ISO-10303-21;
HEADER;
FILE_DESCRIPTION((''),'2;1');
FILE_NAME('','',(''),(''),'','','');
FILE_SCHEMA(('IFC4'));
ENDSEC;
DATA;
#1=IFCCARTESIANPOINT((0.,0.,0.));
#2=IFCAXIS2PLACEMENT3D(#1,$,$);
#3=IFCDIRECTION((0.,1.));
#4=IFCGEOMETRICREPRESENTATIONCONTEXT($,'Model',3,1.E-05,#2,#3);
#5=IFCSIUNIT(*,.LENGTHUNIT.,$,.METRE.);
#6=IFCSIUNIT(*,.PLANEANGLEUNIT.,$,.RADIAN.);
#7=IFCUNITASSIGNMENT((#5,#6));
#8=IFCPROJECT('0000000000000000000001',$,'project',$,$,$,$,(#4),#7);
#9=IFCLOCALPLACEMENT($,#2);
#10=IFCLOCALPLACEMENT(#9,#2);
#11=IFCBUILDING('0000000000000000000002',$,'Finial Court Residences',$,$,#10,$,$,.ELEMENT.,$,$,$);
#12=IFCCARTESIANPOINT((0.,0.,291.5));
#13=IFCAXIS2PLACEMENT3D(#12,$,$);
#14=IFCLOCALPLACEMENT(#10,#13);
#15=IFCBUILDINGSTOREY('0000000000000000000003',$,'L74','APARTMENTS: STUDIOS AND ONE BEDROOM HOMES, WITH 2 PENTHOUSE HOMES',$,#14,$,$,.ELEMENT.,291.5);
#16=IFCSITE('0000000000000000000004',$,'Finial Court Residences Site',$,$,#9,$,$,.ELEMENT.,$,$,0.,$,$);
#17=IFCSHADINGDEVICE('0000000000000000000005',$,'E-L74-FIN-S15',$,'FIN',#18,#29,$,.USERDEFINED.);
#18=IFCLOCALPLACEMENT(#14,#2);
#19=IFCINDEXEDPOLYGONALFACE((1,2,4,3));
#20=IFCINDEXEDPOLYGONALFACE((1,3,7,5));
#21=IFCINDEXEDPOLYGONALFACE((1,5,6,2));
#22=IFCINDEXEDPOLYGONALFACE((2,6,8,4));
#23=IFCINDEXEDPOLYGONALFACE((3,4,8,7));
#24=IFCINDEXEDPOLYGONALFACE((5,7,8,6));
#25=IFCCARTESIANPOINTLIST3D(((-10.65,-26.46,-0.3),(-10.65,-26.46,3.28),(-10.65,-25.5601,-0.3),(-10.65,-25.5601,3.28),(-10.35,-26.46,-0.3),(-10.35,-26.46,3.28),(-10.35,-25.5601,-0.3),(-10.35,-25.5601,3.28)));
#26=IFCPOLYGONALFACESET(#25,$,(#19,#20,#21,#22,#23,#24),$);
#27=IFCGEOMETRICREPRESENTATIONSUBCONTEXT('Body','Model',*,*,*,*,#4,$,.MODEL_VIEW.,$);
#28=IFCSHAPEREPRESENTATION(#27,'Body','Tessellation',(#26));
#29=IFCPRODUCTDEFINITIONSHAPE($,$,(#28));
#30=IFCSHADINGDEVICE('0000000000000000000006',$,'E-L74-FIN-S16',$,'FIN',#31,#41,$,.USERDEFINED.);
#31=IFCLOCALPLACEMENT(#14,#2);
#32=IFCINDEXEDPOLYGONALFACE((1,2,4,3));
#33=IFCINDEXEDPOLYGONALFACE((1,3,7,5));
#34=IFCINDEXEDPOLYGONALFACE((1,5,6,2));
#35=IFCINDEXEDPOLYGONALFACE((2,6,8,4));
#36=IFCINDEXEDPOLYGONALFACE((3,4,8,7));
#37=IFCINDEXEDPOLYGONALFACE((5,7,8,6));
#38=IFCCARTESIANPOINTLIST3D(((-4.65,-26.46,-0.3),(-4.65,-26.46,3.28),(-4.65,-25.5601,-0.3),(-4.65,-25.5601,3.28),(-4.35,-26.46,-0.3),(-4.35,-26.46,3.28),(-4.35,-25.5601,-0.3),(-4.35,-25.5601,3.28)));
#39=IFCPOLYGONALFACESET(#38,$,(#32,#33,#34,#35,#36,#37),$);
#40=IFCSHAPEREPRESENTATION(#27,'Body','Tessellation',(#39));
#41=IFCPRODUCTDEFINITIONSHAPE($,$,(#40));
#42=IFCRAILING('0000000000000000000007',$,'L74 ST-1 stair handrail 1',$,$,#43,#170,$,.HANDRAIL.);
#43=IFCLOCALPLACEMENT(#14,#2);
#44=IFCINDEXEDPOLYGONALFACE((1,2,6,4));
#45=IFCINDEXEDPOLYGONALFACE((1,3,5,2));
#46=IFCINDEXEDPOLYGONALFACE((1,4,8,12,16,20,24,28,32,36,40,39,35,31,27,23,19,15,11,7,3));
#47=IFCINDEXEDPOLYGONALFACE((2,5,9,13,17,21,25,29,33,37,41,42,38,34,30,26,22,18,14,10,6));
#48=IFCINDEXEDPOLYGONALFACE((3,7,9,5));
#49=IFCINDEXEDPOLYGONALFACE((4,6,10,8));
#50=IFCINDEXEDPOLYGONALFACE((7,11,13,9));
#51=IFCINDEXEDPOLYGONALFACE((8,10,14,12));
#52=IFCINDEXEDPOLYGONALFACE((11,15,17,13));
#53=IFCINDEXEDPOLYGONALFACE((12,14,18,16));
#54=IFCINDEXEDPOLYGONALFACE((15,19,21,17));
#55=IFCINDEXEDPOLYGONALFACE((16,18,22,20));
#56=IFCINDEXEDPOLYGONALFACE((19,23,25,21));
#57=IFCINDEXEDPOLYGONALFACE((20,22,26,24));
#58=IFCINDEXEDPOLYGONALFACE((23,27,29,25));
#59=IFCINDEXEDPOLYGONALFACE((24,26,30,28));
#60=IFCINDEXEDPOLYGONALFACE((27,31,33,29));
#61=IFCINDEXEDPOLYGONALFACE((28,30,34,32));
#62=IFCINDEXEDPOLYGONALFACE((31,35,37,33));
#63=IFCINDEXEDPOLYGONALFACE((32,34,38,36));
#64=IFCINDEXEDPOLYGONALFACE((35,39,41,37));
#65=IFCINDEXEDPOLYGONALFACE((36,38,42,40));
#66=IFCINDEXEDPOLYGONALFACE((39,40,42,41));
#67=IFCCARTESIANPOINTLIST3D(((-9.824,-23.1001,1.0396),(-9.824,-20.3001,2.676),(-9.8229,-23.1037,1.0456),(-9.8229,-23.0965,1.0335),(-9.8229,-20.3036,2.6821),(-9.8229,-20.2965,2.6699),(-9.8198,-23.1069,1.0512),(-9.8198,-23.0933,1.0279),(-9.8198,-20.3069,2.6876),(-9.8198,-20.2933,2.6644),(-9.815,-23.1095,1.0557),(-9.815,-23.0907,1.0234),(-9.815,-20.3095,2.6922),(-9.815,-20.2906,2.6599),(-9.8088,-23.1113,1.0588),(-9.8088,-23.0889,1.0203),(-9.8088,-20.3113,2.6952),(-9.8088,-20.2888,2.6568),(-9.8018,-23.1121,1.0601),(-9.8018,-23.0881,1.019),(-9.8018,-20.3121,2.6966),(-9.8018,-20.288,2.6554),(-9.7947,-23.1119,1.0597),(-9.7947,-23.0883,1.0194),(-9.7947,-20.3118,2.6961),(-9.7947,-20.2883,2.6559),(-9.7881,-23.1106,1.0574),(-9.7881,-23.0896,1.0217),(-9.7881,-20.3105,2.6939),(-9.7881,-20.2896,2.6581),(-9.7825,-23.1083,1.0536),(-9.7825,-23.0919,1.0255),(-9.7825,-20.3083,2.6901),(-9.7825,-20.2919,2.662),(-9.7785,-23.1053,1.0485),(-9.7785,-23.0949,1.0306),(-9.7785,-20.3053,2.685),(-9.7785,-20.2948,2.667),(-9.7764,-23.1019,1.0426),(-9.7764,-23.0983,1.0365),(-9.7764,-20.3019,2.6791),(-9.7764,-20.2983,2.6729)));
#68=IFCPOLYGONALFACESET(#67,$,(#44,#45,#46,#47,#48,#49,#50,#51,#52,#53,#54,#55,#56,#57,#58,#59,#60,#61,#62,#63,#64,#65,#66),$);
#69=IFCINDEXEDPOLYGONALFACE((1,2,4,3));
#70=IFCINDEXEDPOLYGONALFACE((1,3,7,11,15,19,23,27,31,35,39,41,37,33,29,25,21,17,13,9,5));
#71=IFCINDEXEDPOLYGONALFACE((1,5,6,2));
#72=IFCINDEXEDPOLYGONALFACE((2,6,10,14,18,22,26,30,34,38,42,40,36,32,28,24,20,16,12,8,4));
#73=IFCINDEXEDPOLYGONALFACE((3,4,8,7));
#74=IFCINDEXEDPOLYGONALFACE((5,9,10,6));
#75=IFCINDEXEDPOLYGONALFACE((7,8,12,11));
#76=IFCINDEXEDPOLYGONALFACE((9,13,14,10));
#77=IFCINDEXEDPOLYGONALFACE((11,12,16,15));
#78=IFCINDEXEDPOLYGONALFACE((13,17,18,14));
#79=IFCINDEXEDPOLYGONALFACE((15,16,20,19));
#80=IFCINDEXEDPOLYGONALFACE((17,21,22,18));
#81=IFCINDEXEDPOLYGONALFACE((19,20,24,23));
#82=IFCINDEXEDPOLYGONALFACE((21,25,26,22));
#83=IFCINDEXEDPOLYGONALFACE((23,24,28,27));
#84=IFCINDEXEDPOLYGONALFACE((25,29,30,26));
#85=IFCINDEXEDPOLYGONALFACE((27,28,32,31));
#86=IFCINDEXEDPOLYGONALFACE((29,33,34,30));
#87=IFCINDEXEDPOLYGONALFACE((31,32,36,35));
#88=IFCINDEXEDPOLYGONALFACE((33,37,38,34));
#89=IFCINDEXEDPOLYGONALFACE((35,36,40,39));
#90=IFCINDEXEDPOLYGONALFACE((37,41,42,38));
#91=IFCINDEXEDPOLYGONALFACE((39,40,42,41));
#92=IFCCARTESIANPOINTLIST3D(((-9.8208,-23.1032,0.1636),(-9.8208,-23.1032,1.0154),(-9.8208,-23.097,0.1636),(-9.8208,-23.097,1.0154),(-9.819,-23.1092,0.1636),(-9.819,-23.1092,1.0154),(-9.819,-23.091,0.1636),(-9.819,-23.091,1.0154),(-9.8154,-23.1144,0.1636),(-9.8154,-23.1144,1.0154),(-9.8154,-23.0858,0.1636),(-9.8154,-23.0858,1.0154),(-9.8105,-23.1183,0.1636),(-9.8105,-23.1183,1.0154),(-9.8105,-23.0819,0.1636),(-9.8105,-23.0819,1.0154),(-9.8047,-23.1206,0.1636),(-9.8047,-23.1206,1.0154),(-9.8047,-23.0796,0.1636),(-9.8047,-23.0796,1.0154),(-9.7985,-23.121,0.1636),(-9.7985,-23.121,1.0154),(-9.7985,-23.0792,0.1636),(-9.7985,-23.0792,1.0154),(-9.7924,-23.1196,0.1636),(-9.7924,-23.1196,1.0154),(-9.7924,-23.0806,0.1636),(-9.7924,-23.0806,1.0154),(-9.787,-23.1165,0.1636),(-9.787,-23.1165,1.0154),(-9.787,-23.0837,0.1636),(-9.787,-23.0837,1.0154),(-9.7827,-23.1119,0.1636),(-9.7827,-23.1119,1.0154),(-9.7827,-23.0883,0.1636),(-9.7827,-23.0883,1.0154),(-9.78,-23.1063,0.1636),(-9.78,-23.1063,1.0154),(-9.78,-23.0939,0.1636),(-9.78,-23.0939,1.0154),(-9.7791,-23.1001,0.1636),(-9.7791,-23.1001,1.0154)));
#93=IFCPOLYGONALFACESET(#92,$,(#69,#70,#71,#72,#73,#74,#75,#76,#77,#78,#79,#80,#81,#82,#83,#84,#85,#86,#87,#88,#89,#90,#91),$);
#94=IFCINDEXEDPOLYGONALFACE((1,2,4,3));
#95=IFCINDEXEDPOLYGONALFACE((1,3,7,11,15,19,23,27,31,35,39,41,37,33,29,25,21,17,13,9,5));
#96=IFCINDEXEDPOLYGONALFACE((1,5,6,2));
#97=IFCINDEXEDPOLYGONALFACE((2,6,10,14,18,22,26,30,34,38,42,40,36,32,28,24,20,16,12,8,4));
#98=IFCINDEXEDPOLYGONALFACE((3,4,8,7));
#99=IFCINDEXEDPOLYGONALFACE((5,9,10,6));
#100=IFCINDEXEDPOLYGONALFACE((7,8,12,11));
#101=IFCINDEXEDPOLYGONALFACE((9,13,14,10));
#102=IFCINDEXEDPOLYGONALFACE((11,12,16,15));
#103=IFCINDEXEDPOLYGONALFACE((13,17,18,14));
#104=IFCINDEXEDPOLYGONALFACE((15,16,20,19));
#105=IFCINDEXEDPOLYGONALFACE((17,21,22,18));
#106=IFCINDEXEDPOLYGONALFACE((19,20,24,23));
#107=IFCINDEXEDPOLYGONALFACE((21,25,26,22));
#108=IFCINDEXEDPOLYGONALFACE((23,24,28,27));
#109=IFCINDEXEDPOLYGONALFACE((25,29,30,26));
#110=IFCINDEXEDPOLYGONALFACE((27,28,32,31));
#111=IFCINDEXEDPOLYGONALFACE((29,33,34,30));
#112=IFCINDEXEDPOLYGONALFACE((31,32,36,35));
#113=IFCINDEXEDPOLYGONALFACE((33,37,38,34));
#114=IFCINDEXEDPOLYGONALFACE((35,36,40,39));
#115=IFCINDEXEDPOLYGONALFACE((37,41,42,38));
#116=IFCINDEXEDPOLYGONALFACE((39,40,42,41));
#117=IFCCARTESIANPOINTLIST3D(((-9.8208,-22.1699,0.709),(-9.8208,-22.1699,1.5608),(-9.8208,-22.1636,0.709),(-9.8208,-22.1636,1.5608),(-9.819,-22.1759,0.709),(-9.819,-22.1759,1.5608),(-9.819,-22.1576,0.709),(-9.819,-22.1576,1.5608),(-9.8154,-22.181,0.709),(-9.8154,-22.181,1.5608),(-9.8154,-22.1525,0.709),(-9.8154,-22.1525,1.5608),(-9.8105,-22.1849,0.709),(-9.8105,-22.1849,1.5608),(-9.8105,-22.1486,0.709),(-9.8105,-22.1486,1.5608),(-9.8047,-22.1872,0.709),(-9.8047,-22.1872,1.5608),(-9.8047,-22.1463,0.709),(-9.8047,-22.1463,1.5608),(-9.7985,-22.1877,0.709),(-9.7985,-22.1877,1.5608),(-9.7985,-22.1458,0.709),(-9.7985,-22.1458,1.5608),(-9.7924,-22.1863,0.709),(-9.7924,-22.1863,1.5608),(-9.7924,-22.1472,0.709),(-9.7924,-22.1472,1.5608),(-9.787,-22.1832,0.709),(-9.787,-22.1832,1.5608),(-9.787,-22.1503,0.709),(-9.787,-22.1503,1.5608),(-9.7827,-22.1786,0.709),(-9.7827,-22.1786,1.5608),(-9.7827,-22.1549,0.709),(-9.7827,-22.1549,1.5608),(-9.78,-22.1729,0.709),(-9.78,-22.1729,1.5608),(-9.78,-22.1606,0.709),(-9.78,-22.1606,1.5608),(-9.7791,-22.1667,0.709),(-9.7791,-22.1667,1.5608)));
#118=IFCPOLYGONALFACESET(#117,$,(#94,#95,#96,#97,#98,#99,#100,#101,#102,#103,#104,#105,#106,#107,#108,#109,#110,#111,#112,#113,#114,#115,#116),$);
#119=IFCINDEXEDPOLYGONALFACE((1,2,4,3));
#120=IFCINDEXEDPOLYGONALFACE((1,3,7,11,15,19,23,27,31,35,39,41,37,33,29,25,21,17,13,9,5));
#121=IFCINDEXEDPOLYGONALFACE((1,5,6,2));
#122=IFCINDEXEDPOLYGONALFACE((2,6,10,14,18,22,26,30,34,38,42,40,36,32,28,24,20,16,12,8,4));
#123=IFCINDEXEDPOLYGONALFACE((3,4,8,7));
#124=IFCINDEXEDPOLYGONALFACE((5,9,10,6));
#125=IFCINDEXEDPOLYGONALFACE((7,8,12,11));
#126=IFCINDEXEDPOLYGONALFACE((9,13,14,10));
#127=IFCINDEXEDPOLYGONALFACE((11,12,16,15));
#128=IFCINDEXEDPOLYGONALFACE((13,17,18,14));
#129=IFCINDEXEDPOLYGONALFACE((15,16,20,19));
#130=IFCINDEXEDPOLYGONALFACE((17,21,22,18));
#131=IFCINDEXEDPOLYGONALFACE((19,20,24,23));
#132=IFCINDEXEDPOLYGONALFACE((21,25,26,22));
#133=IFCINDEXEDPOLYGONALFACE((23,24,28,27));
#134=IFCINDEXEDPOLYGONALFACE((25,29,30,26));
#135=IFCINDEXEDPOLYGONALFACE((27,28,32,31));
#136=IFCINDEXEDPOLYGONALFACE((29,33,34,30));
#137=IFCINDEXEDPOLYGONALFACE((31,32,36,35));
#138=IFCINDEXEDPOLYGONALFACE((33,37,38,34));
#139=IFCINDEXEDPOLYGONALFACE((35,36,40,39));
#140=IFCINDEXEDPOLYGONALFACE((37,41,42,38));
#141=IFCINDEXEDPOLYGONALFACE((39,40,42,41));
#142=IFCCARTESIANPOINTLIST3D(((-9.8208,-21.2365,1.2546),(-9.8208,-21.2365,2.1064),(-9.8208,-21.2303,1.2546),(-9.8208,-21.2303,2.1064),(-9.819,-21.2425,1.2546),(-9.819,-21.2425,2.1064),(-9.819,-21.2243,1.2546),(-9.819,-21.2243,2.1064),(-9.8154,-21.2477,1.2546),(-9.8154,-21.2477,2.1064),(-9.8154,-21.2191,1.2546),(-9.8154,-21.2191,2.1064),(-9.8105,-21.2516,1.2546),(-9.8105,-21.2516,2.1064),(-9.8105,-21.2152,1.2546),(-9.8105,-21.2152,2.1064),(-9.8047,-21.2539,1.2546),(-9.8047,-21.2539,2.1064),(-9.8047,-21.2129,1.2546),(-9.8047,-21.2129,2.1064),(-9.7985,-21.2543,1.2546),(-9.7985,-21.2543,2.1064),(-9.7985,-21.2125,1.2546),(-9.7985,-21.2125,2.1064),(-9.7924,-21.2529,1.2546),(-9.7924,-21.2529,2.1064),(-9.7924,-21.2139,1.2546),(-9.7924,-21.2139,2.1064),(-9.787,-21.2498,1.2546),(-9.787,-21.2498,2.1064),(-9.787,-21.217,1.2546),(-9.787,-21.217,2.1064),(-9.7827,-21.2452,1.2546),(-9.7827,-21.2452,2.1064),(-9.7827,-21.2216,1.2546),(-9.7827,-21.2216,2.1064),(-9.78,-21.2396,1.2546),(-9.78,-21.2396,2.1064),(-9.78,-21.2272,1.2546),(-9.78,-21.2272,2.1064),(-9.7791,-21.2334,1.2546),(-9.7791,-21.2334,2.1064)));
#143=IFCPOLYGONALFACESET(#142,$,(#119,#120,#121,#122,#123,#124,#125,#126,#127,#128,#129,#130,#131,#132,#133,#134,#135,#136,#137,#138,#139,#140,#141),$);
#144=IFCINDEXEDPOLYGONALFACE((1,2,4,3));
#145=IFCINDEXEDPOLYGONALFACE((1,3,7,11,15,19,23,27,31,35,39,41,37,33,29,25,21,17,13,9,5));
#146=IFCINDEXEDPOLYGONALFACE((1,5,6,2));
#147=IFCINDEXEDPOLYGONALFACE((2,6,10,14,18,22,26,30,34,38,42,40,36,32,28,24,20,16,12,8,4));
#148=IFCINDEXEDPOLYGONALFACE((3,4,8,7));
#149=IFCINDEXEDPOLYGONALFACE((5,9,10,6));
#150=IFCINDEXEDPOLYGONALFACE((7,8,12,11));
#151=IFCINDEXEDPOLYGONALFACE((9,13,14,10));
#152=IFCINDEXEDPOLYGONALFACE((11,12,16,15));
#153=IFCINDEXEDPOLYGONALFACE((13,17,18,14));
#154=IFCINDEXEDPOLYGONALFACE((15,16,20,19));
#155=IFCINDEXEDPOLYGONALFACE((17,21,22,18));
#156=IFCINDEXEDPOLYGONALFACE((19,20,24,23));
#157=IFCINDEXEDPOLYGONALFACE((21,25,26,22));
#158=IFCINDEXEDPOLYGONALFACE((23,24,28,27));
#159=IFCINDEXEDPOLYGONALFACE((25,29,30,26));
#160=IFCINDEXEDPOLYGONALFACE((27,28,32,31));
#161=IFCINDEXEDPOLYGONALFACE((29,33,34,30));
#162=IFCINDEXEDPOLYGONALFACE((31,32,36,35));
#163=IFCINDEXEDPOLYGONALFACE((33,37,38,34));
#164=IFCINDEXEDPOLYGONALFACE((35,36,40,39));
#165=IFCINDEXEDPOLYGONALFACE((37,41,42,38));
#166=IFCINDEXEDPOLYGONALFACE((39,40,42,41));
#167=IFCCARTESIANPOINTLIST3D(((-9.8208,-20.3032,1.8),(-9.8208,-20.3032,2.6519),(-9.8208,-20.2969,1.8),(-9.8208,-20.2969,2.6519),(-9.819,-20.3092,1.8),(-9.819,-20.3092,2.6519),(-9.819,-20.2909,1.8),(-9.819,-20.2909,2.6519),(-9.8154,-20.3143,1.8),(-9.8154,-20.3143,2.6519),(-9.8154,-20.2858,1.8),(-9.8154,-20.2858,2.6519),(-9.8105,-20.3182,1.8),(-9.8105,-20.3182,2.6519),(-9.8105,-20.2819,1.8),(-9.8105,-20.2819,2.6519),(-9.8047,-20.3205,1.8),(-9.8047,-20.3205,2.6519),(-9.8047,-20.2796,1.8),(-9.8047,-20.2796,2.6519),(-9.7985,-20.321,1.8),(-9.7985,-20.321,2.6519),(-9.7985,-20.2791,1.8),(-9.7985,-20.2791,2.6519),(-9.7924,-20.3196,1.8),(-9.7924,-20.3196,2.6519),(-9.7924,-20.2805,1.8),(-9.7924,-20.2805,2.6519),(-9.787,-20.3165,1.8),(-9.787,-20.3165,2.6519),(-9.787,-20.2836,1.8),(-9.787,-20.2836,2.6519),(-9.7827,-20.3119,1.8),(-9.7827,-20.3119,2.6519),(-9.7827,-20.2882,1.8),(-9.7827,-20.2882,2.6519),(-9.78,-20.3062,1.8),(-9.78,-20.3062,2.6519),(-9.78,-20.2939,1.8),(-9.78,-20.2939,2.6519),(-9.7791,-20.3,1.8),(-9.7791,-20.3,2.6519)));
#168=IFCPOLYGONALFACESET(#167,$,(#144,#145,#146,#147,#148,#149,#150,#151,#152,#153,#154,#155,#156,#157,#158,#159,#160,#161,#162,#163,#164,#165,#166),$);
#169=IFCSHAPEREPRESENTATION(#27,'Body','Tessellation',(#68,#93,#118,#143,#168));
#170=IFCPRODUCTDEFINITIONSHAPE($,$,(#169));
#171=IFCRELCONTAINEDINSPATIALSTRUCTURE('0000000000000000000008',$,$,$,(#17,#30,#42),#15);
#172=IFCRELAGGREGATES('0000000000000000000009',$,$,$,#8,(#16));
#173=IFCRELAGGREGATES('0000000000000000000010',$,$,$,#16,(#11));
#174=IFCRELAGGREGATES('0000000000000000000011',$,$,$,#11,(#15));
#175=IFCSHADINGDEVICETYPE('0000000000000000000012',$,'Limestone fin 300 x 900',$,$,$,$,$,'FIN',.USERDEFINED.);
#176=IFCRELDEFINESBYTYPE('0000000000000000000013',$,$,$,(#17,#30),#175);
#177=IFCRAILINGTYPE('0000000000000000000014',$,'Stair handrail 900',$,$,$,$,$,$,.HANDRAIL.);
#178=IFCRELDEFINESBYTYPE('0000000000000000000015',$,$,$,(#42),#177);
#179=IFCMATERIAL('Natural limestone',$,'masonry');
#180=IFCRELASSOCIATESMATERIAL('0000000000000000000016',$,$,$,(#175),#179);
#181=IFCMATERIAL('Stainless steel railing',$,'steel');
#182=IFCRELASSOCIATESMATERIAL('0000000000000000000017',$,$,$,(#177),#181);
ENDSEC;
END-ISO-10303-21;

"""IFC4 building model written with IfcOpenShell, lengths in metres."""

from ifc_helpers import new_model, si_unit, direction, frame, origin, origin_2d, place, context, subcontext, project, spatial, rectangle, circle, extrude, material, type_object, element, save


model = new_model("IFC4")

# Units and contexts
model_context = context("Model", 3, precision=1e-05, world=origin(), true_north=direction((0.0, 1.0)))
body_context = subcontext(model_context, "Body", "Model", "MODEL_VIEW")
ifc_project = project(units=[si_unit("LENGTHUNIT", "METRE"), si_unit("PLANEANGLEUNIT", "RADIAN")], contexts=[model_context])

# Site, building, storey
site_placement = place(None, origin())
site = spatial("IfcSite", under=ifc_project, at=site_placement, Name="Finial Court Residences Site", CompositionType="ELEMENT", RefElevation=0.0)
building_placement = place(site_placement, origin())
building = spatial("IfcBuilding", under=site, at=building_placement, Name="Finial Court Residences", CompositionType="ELEMENT")
storey_placement = place(building_placement, frame((0.0, 0.0, 291.5)))
storey = spatial("IfcBuildingStorey", under=building, at=storey_placement, Name="L74", Description="APARTMENTS: STUDIOS AND ONE BEDROOM HOMES, WITH 2 PENTHOUSE HOMES", CompositionType="ELEMENT", Elevation=291.5)

# Shading devices
ifc_material_1 = material(Name="Natural limestone", Category="masonry")
shading_device_type = type_object("IfcShadingDeviceType", Name="Limestone fin 300 x 900", ElementType="FIN", PredefinedType="USERDEFINED", material=ifc_material_1)
for number, where, z_axis, x_axis, name in (
    (1, (-10.5, -26.01, -0.3), (0.0, 0.0, 1.0), (1.0, 0.0, 0.0), "E-L74-FIN-S15"),
    (2, (-4.5, -26.01, -0.3), (0.0, 0.0, 1.0), (1.0, 0.0, 0.0), "E-L74-FIN-S16"),
):
    element("IfcShadingDevice", number, at=place(storey_placement, frame(where, z_axis=z_axis, x_axis=x_axis)), inside=storey, type_object=shading_device_type, Name=name, ObjectType="FIN", PredefinedType="USERDEFINED", context=body_context, shape_type="SweptSolid", body=[
        extrude(rectangle(XDim=0.3, YDim=0.8999, at=origin_2d()), origin(), (0.0, 0.0, 1.0), 3.5801),
    ])

# Railing
ifc_material_2 = material(Name="Stainless steel railing", Category="steel")
railing_type_1 = type_object("IfcRailingType", Name="Stair handrail 900", PredefinedType="HANDRAIL", material=ifc_material_2)
railing_1_placement = place(storey_placement, frame((-9.8, -23.1001, 0.1636)))
element("IfcRailing", 3, at=railing_1_placement, inside=storey, type_object=railing_type_1, Name="L74 ST-1 stair handrail 1", PredefinedType="HANDRAIL", context=body_context, shape_type="SweptSolid", body=[
    extrude(circle(Radius=0.0239, at=origin_2d()), frame((0.0, 0.0, 0.876), z_axis=(0.0, 0.863361, 0.504587), x_axis=(-1.0, 0.0, 0.0)), (0.0, 0.0, 1.0), 3.2432),
    extrude(circle(Radius=0.021, at=origin_2d()), origin(), (0.0, 0.0, 1.0), 0.8518),
    extrude(circle(Radius=0.021, at=origin_2d()), frame((0.0, 0.9333, 0.5454)), (0.0, 0.0, 1.0), 0.8518),
    extrude(circle(Radius=0.021, at=origin_2d()), frame((0.0, 1.8667, 1.0911)), (0.0, 0.0, 1.0), 0.8518),
    extrude(circle(Radius=0.021, at=origin_2d()), frame((0.0, 2.8, 1.6365)), (0.0, 0.0, 1.0), 0.8518),
])

save(model, "model.ifc")
